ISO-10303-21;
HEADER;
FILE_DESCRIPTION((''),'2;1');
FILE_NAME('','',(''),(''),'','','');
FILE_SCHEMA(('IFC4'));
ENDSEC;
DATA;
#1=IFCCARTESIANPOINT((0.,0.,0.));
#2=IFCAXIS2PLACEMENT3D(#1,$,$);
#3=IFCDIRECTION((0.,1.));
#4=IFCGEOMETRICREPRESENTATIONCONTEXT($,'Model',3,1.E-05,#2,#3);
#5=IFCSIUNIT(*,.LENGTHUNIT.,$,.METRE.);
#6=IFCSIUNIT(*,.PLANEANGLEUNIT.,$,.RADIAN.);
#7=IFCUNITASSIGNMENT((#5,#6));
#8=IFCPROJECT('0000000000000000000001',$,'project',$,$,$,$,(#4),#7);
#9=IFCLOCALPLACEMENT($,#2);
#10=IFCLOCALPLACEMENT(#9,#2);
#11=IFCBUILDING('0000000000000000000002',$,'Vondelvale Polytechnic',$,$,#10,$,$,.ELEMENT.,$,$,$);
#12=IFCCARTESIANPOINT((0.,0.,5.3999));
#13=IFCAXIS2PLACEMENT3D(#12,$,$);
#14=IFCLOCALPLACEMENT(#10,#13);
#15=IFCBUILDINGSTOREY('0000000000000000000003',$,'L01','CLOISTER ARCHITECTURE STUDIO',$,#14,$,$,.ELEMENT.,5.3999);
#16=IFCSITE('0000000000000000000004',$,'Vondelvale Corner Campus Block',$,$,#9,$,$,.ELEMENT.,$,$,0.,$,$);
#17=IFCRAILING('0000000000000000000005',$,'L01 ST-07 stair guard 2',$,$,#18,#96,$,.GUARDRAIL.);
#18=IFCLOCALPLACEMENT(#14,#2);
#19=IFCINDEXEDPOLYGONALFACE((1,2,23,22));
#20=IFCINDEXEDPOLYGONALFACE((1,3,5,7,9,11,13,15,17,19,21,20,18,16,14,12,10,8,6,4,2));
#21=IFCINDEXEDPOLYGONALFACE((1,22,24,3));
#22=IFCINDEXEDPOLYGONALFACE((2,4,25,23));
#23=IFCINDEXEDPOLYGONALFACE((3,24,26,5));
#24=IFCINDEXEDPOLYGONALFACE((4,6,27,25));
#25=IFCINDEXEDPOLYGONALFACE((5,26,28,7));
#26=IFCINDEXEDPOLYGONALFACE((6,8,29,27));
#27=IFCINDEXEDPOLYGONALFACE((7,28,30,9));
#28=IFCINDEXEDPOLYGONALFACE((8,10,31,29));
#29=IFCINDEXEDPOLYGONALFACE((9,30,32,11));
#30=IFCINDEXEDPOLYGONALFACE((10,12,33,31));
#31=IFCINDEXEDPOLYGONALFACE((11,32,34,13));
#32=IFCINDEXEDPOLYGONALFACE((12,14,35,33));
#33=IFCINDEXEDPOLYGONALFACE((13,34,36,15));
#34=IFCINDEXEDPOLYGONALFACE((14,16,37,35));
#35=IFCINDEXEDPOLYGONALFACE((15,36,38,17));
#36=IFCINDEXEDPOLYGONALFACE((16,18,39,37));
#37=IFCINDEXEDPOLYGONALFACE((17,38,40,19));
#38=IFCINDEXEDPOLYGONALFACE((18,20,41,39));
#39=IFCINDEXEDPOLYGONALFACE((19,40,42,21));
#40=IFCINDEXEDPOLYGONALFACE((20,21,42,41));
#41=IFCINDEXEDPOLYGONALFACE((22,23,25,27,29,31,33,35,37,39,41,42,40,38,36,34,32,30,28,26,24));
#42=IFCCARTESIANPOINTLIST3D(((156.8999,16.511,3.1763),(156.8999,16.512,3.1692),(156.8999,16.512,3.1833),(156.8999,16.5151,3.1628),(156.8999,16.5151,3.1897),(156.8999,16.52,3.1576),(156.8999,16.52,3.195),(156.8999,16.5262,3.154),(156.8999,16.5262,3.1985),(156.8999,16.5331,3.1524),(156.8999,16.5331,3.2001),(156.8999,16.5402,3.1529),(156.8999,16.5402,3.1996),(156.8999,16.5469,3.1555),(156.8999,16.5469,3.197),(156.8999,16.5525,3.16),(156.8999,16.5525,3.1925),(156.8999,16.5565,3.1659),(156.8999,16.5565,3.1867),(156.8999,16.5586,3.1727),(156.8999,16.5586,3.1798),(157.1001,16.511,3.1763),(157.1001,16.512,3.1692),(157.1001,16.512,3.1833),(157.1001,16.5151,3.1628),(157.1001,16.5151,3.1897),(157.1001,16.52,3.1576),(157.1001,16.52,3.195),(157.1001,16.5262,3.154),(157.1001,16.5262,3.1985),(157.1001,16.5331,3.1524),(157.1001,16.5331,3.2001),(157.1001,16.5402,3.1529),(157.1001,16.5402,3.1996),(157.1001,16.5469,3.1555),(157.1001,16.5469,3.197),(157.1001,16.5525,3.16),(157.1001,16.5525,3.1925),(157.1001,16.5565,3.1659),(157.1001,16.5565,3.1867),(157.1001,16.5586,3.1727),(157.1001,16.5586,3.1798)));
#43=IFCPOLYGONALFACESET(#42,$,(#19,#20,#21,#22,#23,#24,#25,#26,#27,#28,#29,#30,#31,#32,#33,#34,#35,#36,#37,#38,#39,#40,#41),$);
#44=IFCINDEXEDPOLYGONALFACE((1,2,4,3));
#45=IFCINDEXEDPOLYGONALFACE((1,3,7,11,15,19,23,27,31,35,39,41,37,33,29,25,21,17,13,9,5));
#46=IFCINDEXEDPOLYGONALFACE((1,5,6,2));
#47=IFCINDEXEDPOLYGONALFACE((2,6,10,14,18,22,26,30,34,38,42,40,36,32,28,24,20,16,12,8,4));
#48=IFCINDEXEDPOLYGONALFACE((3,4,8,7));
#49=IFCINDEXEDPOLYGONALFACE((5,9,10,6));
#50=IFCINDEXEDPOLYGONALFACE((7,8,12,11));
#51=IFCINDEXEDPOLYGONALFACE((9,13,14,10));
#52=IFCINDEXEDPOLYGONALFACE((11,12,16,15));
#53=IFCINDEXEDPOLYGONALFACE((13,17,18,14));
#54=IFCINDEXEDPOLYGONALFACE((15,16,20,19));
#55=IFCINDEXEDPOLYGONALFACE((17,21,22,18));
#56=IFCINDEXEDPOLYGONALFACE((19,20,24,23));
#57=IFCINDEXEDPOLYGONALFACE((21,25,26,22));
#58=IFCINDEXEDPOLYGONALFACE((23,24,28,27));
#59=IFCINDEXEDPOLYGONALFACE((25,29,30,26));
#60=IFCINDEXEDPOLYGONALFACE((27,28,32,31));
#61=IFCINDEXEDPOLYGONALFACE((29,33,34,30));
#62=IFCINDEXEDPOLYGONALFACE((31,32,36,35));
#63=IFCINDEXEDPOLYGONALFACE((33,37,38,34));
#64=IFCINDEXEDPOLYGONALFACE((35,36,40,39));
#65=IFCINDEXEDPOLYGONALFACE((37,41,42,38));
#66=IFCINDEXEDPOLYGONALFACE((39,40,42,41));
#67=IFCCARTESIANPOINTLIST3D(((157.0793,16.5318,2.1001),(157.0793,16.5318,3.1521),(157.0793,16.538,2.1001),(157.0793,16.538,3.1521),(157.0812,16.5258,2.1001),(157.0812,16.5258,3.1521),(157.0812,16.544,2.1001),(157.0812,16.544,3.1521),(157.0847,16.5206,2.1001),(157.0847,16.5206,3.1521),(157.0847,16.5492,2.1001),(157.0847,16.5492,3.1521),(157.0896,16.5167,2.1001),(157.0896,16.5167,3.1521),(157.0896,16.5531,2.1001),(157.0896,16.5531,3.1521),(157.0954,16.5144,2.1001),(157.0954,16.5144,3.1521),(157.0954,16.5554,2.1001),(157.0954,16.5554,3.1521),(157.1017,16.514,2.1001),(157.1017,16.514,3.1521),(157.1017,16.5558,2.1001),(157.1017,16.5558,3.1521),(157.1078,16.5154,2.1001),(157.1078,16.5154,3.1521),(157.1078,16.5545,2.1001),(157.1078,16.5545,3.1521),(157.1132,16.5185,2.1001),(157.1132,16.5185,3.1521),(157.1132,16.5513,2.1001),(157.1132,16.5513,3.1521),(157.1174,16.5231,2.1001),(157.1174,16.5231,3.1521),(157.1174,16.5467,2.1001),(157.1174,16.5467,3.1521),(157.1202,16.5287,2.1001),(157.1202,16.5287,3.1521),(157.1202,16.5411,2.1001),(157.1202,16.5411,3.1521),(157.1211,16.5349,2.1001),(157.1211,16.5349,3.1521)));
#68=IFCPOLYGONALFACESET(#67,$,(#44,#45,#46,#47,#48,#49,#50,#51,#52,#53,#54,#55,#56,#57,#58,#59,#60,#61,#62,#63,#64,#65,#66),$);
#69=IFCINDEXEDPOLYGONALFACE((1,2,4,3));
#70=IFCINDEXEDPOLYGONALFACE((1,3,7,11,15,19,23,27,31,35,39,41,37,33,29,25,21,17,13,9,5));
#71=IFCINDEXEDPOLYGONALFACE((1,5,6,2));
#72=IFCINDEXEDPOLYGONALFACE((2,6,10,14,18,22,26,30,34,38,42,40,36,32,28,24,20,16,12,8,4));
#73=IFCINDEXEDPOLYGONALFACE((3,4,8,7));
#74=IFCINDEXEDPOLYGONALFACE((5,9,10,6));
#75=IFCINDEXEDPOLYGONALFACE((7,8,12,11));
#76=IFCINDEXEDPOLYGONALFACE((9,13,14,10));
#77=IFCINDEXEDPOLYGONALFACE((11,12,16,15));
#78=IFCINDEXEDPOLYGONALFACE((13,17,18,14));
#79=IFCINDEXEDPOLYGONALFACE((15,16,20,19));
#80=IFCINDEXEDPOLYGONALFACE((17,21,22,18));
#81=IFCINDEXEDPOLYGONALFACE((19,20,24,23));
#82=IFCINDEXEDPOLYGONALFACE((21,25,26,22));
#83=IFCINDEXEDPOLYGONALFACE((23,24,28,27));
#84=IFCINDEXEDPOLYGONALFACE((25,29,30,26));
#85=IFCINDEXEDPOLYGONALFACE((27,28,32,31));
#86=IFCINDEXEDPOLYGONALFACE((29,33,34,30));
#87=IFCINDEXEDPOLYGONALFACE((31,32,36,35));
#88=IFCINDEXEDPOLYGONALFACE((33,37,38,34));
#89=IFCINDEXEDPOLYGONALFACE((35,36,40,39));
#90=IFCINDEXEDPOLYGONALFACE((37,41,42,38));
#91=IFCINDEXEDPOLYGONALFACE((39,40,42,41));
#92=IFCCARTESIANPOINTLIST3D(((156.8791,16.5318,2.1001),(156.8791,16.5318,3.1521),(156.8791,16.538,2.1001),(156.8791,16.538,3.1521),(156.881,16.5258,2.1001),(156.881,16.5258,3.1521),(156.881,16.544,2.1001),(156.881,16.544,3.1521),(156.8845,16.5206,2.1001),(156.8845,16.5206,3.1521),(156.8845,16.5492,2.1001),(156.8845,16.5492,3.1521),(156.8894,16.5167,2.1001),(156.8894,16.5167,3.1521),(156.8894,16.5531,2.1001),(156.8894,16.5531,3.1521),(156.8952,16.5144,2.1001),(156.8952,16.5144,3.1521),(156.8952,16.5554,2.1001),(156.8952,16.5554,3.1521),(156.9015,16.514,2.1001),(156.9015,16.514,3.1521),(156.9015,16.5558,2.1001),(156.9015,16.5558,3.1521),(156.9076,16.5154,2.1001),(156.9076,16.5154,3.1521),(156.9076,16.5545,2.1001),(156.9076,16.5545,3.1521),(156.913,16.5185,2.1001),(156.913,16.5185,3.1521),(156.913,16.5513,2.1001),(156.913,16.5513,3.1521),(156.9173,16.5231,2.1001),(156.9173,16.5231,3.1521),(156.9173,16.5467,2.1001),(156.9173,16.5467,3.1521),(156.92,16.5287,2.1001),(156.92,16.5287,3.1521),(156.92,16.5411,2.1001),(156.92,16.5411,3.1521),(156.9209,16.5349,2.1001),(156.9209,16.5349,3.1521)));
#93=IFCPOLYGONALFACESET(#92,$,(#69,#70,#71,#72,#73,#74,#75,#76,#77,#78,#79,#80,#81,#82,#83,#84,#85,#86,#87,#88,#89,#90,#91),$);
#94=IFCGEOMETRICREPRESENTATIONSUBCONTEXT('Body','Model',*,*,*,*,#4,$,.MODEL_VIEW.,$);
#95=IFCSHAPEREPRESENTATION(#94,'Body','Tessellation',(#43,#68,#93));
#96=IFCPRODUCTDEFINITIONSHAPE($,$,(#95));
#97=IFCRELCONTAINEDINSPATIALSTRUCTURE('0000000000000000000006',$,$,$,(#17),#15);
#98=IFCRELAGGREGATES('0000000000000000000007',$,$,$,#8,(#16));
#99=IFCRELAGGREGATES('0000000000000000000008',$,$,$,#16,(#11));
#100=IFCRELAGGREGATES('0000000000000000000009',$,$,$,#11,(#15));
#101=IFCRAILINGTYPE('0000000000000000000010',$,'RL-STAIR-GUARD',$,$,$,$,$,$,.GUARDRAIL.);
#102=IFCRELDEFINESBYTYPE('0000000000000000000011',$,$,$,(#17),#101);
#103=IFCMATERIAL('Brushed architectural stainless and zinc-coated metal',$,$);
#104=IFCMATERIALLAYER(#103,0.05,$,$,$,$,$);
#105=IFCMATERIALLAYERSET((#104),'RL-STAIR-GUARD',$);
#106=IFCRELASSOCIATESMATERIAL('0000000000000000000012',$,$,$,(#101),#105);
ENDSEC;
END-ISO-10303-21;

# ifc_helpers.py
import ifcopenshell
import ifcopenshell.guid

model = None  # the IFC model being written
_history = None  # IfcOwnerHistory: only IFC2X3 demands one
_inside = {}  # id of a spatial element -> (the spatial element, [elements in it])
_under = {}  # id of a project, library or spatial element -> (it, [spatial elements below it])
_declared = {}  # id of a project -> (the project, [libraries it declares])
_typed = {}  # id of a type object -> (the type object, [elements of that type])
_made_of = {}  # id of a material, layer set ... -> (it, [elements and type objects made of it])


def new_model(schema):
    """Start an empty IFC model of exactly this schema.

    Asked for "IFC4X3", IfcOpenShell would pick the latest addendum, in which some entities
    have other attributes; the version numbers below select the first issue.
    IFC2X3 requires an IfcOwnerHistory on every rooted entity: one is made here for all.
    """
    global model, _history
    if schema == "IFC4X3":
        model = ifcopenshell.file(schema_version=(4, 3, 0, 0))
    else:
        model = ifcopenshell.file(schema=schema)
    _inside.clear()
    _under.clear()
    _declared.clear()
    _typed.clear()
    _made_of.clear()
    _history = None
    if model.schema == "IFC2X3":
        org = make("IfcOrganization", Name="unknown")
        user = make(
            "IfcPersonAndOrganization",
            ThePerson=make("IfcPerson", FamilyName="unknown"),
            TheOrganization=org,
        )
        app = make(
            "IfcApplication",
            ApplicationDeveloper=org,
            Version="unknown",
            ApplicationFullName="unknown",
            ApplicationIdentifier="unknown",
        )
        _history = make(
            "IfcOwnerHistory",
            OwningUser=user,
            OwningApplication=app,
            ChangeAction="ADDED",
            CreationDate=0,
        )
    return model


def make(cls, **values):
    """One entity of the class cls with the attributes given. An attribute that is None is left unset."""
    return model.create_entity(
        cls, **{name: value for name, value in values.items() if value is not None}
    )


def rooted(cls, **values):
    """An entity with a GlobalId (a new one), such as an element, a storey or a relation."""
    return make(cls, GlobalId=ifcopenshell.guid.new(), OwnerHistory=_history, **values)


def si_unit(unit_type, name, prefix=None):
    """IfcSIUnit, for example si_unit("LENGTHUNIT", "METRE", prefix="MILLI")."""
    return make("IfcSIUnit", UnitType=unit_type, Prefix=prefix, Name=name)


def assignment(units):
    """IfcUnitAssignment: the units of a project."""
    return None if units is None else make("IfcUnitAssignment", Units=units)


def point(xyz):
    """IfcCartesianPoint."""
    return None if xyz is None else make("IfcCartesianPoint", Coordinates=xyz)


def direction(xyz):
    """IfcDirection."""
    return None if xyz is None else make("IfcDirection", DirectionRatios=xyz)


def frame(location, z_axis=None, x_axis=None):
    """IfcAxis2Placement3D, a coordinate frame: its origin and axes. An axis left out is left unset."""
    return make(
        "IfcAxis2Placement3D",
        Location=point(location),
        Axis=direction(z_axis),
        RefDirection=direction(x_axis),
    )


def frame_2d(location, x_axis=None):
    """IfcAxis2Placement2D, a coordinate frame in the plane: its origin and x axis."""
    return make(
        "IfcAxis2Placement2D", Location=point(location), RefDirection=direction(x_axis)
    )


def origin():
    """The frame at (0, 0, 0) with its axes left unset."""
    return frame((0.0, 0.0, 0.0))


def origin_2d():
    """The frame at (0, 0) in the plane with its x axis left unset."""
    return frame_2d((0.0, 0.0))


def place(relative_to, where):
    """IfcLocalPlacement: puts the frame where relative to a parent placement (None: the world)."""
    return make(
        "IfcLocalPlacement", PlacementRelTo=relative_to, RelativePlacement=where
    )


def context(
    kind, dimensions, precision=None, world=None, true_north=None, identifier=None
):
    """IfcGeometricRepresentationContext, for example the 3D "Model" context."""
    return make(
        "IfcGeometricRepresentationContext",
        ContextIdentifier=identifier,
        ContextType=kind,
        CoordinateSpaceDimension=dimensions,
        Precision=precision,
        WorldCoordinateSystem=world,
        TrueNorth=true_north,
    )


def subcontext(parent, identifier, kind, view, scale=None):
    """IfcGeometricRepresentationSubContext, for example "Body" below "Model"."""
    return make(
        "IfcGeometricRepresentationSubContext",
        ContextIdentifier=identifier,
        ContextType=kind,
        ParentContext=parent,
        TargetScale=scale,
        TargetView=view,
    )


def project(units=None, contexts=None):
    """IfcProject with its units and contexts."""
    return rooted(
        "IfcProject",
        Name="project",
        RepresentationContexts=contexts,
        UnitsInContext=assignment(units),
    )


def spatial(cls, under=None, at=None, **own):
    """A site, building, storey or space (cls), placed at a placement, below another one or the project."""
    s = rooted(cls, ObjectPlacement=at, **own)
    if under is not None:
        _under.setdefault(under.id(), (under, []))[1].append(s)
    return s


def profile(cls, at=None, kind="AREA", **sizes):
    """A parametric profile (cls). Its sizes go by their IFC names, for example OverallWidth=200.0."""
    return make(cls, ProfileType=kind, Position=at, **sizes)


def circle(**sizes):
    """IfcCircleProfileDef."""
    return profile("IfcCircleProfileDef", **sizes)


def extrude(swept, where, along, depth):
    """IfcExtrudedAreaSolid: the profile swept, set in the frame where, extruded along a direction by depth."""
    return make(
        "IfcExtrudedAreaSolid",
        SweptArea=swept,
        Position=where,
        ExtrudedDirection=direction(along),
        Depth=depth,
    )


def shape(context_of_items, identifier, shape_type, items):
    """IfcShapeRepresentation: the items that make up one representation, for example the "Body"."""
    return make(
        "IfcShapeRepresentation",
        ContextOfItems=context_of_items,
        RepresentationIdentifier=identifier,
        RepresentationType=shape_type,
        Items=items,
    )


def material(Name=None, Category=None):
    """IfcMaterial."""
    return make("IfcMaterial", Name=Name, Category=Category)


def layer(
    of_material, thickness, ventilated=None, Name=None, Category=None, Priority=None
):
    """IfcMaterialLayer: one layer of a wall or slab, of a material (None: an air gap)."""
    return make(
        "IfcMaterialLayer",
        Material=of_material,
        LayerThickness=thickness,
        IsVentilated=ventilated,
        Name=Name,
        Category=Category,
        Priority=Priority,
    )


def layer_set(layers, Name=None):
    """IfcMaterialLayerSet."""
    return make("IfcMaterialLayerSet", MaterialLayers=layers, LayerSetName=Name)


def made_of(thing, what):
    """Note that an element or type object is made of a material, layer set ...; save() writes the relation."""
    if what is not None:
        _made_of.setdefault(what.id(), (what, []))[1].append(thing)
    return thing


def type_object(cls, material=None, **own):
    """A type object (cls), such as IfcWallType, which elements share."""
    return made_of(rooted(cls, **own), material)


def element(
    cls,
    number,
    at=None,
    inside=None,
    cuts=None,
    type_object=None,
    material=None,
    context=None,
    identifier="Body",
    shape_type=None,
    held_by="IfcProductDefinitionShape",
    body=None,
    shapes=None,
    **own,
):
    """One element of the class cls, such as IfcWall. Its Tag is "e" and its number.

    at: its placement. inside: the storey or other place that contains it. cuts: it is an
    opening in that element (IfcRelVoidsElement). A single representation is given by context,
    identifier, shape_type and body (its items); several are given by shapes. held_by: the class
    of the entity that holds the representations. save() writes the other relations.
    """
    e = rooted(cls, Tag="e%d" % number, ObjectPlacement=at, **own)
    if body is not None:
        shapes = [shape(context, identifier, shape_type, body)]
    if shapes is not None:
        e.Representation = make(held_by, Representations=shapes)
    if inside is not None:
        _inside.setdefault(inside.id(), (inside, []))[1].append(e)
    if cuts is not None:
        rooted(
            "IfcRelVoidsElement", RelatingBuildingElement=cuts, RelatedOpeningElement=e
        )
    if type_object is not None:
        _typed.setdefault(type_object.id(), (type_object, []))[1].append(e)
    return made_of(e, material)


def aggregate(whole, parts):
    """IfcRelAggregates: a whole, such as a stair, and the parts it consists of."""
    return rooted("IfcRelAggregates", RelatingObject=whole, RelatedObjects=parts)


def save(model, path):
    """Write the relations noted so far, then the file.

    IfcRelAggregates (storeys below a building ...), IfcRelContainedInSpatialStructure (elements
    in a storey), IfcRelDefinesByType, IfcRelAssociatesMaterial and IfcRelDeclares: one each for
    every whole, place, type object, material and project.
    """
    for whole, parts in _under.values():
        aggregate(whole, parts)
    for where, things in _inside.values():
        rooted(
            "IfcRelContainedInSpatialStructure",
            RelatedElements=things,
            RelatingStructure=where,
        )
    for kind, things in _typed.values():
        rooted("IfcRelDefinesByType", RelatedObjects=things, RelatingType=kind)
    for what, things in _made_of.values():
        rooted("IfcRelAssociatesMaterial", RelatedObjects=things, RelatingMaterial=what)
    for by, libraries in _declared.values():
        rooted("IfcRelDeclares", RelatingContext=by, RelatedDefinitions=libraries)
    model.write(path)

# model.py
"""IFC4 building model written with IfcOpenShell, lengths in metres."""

from ifc_helpers import new_model, si_unit, direction, frame, origin, origin_2d, place, context, subcontext, project, spatial, circle, extrude, material, layer, layer_set, type_object, element, save


model = new_model("IFC4")

# Units and contexts
model_context = context("Model", 3, precision=1e-05, world=origin(), true_north=direction((0.0, 1.0)))
body_context = subcontext(model_context, "Body", "Model", "MODEL_VIEW")
ifc_project = project(units=[si_unit("LENGTHUNIT", "METRE"), si_unit("PLANEANGLEUNIT", "RADIAN")], contexts=[model_context])

# Site, building, storey
site_placement = place(None, origin())
site = spatial("IfcSite", under=ifc_project, at=site_placement, Name="Vondelvale Corner Campus Block", CompositionType="ELEMENT", RefElevation=0.0)
building_placement = place(site_placement, origin())
building = spatial("IfcBuilding", under=site, at=building_placement, Name="Vondelvale Polytechnic", CompositionType="ELEMENT")
storey_placement = place(building_placement, frame((0.0, 0.0, 5.3999)))
storey = spatial("IfcBuildingStorey", under=building, at=storey_placement, Name="L01", Description="CLOISTER ARCHITECTURE STUDIO", CompositionType="ELEMENT", Elevation=5.3999)

# Shared definitions
ifc_material_1 = material(Name="Brushed architectural stainless and zinc-coated metal")

# Railing
ifc_layer_1 = layer(ifc_material_1, 0.05)
ifc_layer_set_1 = layer_set([ifc_layer_1], Name="RL-STAIR-GUARD")
railing_type_1 = type_object("IfcRailingType", Name="RL-STAIR-GUARD", PredefinedType="GUARDRAIL", material=ifc_layer_set_1)
railing_1_placement = place(storey_placement, frame((157.1001, 16.5349, 2.1001)))
element("IfcRailing", 1, at=railing_1_placement, inside=storey, type_object=railing_type_1, Name="L01 ST-07 stair guard 2", PredefinedType="GUARDRAIL", context=body_context, shape_type="SweptSolid", body=[
    extrude(circle(Radius=0.0239, at=origin_2d()), frame((0.0, 0.0, 1.0762), z_axis=(-1.0, 0.0, 0.0), x_axis=(0.0, -1.0, 0.0)), (0.0, 0.0, 1.0), 0.2002),
    extrude(circle(Radius=0.021, at=origin_2d()), origin(), (0.0, 0.0, 1.0), 1.052),
    extrude(circle(Radius=0.021, at=origin_2d()), frame((-0.2002, 0.0, 0.0)), (0.0, 0.0, 1.0), 1.052),
])

save(model, "model.ifc")
